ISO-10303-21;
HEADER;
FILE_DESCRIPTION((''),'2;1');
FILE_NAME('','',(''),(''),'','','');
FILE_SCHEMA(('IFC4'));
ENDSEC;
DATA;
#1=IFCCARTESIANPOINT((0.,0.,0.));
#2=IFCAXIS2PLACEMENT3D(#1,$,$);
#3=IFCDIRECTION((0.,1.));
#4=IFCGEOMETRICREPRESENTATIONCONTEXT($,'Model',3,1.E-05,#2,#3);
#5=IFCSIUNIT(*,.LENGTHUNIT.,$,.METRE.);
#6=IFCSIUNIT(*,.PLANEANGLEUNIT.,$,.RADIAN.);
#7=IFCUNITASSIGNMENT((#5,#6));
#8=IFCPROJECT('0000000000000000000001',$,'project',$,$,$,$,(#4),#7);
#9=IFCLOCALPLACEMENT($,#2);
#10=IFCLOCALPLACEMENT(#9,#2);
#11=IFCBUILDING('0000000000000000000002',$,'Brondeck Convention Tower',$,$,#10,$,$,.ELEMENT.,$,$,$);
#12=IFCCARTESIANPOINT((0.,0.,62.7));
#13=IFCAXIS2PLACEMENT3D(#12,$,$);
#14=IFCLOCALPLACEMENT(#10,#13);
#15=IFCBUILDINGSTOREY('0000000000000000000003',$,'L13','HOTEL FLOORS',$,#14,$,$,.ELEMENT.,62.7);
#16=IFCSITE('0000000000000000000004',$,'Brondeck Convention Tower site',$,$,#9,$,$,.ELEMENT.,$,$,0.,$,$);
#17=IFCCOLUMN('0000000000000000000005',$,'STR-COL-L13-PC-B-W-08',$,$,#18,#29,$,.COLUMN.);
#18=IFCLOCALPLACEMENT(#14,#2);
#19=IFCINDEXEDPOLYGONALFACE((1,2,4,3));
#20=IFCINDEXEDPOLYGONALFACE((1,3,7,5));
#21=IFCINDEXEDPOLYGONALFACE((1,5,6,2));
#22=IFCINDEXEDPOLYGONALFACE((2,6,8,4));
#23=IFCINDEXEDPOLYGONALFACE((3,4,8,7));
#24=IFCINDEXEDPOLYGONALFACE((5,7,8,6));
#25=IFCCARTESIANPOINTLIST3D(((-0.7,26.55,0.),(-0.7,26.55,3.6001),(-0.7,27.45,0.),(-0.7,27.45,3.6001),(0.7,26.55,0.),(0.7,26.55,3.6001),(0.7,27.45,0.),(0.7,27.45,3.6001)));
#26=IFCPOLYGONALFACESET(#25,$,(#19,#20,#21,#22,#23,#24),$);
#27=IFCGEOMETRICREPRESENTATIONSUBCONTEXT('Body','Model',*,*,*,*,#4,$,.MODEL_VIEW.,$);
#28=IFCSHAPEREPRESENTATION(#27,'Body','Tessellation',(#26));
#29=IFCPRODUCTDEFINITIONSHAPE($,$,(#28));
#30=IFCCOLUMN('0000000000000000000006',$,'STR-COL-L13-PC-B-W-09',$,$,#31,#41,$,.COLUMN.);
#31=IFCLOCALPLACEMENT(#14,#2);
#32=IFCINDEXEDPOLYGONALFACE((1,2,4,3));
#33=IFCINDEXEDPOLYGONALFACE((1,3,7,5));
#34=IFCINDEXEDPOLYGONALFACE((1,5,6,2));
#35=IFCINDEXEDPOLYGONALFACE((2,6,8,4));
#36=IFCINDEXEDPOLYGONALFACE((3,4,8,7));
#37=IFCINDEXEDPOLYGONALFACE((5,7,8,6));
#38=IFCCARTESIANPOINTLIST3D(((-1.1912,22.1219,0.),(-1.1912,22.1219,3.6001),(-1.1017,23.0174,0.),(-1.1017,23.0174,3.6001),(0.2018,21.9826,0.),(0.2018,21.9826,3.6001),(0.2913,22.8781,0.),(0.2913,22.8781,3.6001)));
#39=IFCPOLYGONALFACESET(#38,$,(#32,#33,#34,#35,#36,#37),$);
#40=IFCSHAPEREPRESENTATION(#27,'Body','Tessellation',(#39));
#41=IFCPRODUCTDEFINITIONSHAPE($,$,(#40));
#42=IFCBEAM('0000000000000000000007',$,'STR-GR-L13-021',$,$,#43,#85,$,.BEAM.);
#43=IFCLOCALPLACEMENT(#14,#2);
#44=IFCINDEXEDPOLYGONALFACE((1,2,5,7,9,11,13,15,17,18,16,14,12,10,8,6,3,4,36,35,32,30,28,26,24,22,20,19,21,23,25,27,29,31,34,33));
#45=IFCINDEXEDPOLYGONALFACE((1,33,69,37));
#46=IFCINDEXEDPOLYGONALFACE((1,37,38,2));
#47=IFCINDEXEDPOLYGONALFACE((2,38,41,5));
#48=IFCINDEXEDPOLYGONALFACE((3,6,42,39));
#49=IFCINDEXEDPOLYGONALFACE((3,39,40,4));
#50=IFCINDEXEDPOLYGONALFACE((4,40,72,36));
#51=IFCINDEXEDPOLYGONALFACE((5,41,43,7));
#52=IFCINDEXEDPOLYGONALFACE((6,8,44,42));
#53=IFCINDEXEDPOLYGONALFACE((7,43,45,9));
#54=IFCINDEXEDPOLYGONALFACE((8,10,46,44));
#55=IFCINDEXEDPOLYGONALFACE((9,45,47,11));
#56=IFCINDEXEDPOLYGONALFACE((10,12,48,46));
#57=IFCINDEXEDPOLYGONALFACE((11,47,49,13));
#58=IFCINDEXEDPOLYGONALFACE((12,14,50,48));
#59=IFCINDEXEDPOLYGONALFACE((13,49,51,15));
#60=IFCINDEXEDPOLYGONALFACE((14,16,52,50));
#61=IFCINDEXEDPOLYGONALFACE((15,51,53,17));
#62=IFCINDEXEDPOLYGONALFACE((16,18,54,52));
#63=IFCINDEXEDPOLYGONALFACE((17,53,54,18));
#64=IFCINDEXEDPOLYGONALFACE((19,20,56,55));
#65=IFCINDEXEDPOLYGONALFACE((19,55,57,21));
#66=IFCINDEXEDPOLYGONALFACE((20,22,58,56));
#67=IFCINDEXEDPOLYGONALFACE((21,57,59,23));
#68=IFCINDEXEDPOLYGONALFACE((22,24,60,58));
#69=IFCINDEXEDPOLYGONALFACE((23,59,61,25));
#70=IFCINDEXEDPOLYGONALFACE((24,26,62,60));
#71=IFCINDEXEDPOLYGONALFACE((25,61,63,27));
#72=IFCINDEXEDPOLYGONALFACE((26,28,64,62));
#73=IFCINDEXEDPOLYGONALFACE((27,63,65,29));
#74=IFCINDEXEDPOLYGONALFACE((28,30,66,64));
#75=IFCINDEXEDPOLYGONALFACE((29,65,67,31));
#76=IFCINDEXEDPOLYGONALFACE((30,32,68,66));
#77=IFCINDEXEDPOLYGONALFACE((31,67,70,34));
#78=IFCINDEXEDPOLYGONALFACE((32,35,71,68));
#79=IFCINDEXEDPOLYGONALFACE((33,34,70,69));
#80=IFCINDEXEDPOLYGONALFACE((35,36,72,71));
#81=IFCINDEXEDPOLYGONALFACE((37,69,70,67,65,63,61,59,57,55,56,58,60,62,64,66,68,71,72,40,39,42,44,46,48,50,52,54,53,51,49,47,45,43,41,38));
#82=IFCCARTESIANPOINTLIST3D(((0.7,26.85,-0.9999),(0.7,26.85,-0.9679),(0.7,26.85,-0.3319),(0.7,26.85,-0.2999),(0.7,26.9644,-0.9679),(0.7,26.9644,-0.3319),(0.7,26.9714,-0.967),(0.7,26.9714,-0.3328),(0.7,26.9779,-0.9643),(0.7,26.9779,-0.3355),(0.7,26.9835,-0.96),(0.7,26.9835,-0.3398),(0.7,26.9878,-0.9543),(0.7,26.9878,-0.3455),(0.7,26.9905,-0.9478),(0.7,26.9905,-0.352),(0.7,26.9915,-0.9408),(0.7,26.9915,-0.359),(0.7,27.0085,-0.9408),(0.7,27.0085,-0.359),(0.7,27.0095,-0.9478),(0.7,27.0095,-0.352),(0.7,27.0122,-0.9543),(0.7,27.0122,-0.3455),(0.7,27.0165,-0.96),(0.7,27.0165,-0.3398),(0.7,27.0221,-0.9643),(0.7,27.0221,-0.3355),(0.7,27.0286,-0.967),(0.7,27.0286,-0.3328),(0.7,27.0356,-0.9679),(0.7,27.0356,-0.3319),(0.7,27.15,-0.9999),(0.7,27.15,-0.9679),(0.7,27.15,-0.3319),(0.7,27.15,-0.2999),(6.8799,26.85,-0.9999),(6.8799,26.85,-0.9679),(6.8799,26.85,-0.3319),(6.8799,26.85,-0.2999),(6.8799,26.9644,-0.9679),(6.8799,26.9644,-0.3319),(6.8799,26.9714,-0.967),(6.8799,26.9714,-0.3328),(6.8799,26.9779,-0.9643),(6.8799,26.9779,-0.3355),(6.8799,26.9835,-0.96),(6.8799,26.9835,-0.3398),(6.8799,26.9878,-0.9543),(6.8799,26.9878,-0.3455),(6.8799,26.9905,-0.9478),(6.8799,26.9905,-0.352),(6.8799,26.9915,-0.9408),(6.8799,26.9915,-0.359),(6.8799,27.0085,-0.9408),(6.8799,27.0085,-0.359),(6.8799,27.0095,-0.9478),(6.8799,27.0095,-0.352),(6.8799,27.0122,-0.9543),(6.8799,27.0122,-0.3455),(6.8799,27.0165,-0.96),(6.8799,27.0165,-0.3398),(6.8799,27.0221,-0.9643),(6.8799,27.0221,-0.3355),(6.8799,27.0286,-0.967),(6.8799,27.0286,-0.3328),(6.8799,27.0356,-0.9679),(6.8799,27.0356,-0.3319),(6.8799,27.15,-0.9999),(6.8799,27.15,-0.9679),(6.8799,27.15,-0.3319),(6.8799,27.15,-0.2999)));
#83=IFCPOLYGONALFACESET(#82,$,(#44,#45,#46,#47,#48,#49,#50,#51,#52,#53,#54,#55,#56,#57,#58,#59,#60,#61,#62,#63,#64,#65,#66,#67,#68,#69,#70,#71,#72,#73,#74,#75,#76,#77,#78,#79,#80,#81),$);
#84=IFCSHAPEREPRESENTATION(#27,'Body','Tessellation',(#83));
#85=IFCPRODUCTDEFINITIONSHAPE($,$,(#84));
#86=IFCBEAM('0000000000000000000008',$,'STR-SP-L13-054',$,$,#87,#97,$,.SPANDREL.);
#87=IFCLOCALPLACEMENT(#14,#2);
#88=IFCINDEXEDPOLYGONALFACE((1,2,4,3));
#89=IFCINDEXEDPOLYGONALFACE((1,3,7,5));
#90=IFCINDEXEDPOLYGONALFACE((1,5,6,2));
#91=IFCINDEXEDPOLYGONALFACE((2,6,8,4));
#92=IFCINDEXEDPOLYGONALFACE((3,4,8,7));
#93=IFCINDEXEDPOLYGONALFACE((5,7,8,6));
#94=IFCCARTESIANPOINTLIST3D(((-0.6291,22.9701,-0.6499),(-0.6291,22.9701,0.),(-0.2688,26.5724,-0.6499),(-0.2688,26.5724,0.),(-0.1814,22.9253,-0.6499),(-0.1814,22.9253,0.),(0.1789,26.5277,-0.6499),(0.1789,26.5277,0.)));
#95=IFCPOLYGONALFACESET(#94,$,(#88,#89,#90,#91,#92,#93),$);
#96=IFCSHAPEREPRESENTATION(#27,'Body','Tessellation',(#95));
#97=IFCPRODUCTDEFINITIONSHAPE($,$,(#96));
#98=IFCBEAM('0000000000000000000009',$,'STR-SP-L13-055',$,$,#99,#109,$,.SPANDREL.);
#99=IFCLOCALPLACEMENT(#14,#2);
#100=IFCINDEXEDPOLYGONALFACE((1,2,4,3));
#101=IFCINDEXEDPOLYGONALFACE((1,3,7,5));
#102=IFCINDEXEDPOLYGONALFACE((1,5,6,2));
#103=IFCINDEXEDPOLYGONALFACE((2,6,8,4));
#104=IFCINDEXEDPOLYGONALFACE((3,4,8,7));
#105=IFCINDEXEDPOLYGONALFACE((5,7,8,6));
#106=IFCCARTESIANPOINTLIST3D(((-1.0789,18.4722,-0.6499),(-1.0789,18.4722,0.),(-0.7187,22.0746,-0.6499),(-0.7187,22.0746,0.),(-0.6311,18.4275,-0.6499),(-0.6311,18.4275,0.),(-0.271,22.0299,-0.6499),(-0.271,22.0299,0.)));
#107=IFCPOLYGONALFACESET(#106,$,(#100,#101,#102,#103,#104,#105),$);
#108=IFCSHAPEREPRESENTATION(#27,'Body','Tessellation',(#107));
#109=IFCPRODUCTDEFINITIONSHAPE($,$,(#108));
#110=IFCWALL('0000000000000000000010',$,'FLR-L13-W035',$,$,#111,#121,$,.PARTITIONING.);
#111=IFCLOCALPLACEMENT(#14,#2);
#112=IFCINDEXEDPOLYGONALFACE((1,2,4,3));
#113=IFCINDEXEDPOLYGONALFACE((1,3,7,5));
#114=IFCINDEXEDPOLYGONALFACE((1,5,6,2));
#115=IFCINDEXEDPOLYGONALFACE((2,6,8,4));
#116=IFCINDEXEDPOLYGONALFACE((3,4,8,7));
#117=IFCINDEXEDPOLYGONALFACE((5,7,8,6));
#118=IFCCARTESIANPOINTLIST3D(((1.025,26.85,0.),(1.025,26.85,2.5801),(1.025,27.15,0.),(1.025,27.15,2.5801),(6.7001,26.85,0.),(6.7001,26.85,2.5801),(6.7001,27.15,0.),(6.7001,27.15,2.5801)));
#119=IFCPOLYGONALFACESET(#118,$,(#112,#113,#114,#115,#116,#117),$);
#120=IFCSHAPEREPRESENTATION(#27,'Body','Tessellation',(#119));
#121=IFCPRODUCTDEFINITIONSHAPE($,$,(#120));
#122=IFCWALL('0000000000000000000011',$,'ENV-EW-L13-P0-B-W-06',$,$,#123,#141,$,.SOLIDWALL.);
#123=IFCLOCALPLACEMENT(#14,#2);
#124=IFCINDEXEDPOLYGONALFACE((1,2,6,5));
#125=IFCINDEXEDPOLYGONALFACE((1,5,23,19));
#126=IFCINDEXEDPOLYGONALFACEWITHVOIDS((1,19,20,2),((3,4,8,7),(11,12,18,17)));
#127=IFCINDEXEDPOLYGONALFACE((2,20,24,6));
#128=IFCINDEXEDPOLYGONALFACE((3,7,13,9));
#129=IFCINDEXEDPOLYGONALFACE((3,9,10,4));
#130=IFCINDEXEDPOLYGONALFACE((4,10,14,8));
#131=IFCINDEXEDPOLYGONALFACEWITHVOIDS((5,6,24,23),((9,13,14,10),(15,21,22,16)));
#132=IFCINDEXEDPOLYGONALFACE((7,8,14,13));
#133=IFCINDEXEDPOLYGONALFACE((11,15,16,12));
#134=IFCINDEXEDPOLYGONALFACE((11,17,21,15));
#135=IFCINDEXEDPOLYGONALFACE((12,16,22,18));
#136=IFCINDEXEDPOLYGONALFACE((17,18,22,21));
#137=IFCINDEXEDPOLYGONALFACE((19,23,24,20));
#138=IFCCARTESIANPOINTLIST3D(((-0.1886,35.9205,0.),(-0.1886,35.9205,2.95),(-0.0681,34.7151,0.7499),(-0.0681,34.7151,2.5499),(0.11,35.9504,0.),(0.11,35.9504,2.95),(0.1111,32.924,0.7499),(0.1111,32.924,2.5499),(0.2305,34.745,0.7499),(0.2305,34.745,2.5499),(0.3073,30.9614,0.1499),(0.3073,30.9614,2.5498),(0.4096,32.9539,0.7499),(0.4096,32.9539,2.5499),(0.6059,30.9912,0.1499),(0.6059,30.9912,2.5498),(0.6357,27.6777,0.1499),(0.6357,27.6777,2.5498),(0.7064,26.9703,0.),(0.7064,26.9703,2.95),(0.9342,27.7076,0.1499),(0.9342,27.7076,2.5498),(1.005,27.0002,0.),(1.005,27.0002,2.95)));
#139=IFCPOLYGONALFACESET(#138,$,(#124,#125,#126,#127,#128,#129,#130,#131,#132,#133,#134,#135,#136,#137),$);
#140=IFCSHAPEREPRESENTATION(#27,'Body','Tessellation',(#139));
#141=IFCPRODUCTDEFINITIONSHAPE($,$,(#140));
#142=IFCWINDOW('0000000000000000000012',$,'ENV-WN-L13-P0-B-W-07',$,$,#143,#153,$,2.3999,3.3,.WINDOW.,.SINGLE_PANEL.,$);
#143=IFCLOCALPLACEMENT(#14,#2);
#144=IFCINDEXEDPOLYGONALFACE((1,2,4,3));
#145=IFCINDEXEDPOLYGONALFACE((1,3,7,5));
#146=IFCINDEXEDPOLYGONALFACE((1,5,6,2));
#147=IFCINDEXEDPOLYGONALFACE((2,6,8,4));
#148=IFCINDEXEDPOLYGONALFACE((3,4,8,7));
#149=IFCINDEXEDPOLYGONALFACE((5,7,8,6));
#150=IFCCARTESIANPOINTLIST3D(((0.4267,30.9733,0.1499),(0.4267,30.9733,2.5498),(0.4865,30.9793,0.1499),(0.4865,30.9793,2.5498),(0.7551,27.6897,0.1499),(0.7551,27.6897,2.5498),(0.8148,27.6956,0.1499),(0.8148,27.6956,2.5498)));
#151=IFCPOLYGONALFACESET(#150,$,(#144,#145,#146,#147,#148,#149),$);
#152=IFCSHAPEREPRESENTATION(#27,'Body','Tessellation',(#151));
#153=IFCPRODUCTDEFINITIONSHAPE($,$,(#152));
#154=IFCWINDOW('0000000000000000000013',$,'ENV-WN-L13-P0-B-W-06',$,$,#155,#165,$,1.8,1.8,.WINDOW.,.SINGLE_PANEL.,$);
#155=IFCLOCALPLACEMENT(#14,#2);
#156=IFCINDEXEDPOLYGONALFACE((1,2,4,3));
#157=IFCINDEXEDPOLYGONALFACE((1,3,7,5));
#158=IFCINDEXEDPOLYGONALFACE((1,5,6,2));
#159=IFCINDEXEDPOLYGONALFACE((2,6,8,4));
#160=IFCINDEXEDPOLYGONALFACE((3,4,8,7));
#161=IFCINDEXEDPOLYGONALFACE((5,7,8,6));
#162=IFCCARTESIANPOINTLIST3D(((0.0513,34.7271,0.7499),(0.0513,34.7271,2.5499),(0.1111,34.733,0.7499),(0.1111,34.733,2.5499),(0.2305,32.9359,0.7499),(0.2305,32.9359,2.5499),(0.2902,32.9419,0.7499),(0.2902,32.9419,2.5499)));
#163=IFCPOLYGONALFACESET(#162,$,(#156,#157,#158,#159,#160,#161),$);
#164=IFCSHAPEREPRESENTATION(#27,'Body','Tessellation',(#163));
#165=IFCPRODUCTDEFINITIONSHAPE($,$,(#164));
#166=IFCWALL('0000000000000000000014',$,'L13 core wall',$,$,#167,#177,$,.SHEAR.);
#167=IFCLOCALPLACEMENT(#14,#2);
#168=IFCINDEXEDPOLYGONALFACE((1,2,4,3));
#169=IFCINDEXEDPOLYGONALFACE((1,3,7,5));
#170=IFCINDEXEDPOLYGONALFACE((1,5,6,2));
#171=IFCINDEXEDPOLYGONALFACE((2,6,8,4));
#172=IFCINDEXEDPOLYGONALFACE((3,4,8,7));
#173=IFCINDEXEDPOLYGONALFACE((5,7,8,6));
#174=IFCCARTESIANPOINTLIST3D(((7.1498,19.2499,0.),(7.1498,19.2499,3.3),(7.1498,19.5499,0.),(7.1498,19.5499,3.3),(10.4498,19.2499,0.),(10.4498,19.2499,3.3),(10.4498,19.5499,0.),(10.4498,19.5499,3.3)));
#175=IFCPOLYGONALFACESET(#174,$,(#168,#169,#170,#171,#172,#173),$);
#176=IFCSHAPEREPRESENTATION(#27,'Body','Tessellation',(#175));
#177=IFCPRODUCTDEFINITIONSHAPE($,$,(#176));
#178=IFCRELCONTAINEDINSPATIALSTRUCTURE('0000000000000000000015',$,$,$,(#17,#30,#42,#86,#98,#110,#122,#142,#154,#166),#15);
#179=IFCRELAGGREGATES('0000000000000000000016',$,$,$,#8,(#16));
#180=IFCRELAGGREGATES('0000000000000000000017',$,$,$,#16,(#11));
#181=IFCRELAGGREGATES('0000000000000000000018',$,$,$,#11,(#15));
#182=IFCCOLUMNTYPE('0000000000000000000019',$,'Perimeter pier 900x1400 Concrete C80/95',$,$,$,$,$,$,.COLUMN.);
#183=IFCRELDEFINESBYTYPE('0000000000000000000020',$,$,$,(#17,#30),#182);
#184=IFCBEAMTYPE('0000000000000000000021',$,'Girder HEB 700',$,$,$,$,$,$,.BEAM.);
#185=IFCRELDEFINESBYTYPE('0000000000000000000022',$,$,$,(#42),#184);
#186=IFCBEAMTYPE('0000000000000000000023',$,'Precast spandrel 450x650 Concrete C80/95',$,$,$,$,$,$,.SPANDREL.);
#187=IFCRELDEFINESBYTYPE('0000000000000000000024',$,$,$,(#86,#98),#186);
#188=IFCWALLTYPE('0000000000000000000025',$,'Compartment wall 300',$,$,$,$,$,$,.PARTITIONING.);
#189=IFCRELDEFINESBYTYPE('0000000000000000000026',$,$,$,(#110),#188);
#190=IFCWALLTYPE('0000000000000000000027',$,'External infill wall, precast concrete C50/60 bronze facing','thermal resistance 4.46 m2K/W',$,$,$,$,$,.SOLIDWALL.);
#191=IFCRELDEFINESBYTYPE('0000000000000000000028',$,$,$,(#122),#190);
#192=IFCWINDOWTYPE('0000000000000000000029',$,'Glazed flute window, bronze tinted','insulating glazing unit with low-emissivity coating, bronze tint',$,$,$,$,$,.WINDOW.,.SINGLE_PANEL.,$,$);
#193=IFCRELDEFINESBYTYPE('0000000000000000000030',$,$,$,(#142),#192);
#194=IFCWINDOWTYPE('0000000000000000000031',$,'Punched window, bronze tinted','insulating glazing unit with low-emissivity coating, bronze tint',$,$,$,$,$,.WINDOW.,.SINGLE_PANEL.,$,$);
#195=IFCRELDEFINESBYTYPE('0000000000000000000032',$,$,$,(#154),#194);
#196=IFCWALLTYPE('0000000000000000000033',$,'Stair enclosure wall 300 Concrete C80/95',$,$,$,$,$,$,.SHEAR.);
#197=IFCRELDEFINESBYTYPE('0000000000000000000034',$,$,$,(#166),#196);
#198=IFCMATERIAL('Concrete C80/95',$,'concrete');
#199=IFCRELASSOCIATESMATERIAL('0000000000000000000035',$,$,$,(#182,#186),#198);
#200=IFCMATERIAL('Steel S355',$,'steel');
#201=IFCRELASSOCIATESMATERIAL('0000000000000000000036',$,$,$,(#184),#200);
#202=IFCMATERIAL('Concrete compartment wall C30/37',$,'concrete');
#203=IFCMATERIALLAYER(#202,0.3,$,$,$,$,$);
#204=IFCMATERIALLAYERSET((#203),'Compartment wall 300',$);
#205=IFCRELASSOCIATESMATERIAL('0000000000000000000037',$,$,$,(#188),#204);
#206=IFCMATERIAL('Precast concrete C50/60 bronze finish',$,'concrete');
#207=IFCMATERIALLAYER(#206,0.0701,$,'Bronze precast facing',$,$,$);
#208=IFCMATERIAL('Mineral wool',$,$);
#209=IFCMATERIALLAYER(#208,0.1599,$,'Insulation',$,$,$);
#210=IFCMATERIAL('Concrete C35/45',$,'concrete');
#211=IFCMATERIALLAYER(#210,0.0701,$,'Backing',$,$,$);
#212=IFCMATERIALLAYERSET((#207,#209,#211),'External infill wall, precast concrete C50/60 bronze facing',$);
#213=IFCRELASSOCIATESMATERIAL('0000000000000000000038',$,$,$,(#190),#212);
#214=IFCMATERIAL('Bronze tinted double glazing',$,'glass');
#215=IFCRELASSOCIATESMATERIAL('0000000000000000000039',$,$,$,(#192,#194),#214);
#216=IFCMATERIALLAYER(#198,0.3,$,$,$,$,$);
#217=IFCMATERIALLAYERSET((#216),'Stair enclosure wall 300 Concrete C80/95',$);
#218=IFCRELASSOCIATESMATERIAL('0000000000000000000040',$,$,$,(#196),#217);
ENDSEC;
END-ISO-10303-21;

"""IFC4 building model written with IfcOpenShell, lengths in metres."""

from ifc_helpers import new_model, si_unit, direction, frame, frame_2d, origin, origin_2d, place, context, subcontext, project, spatial, rectangle, i_section, extrude, material, layer, layer_set, material_profile, profile_set, type_object, element, fill, save


model = new_model("IFC4")

# Units and contexts
model_context = context("Model", 3, precision=1e-05, world=origin(), true_north=direction((0.0, 1.0)))
body_context = subcontext(model_context, "Body", "Model", "MODEL_VIEW")
ifc_project = project(units=[si_unit("LENGTHUNIT", "METRE"), si_unit("PLANEANGLEUNIT", "RADIAN")], contexts=[model_context])

# Site, building, storey
site_placement = place(None, origin())
site = spatial("IfcSite", under=ifc_project, at=site_placement, Name="Brondeck Convention Tower site", CompositionType="ELEMENT", RefElevation=0.0)
building_placement = place(site_placement, origin())
building = spatial("IfcBuilding", under=site, at=building_placement, Name="Brondeck Convention Tower", CompositionType="ELEMENT")
storey_placement = place(building_placement, frame((0.0, 0.0, 62.7)))
storey = spatial("IfcBuildingStorey", under=building, at=storey_placement, Name="L13", Description="HOTEL FLOORS", CompositionType="ELEMENT", Elevation=62.7)

# Columns
ifc_material_1 = material(Name="Concrete C80/95", Category="concrete")
ifc_material_profile_1 = material_profile(ifc_material_1, rectangle(XDim=0.8999, YDim=1.3999, at=origin_2d()), Name="Perimeter pier 900x1400 Concrete C80/95")
ifc_profile_set_1 = profile_set([ifc_material_profile_1], Name="Concrete C80/95")
column_type = type_object("IfcColumnType", Name="Perimeter pier 900x1400 Concrete C80/95", PredefinedType="COLUMN", material=ifc_profile_set_1)
for number, where, z_axis, x_axis, name in (
    (1, (0.0, 27.0, 0.0), (0.0, 0.0, 1.0), (0.0, -1.0, 0.0), "STR-COL-L13-PC-B-W-08"),
    (2, (-0.45, 22.5, 0.0), (0.0, 0.0, 1.0), (-0.099504, -0.995037, 0.0), "STR-COL-L13-PC-B-W-09"),
):
    element("IfcColumn", number, at=place(storey_placement, frame(where, z_axis=z_axis, x_axis=x_axis)), inside=storey, type_object=column_type, Name=name, PredefinedType="COLUMN", context=body_context, shape_type="SweptSolid", body=[
        extrude(rectangle(XDim=0.8999, YDim=1.3999, at=origin_2d()), origin(), (0.0, 0.0, 1.0), 3.6001),
    ])

# Beams
ifc_material_2 = material(Name="Steel S355", Category="steel")
ifc_material_profile_2 = material_profile(ifc_material_2, i_section(OverallWidth=0.3, OverallDepth=0.7, WebThickness=0.0171, FlangeThickness=0.032, FilletRadius=0.0271, at=origin_2d()), Name="HEB 700")
ifc_profile_set_2 = profile_set([ifc_material_profile_2], Name="Steel S355")
beam_type_1 = type_object("IfcBeamType", Name="Girder HEB 700", PredefinedType="BEAM", material=ifc_profile_set_2)
beam_placement = place(storey_placement, frame((0.7, 27.0, -0.6499), z_axis=(1.0, 0.0, 0.0), x_axis=(0.0, 1.0, 0.0)))
element("IfcBeam", 3, at=beam_placement, inside=storey, type_object=beam_type_1, Name="STR-GR-L13-021", PredefinedType="BEAM", context=body_context, shape_type="SweptSolid", body=[
    extrude(i_section(OverallWidth=0.3, OverallDepth=0.7, WebThickness=0.0171, FlangeThickness=0.032, FilletRadius=0.0271, at=origin_2d()), origin(), (0.0, 0.0, 1.0), 6.1799),
])
ifc_material_profile_3 = material_profile(ifc_material_1, rectangle(XDim=0.45, YDim=0.6499, at=origin_2d()), Name="Precast spandrel 450x650 Concrete C80/95")
ifc_profile_set_3 = profile_set([ifc_material_profile_3], Name="Concrete C80/95")
beam_type_2 = type_object("IfcBeamType", Name="Precast spandrel 450x650 Concrete C80/95", PredefinedType="SPANDREL", material=ifc_profile_set_3)
for number, where, z_axis, x_axis, name in (
    (4, (-0.0449, 26.55, -0.325), (-0.099537, -0.995034, 0.0), (0.995034, -0.099537, 0.0), "STR-SP-L13-054"),
    (5, (-0.4949, 22.0522, -0.325), (-0.09947, -0.995041, 0.0), (0.995041, -0.09947, 0.0), "STR-SP-L13-055"),
):
    element("IfcBeam", number, at=place(storey_placement, frame(where, z_axis=z_axis, x_axis=x_axis)), inside=storey, type_object=beam_type_2, Name=name, PredefinedType="SPANDREL", context=body_context, shape_type="SweptSolid", body=[
        extrude(rectangle(XDim=0.45, YDim=0.6499, at=origin_2d()), origin(), (0.0, 0.0, 1.0), 3.6204),
    ])

# Wall
ifc_material_3 = material(Name="Concrete compartment wall C30/37", Category="concrete")
ifc_layer_1 = layer(ifc_material_3, 0.3)
ifc_layer_set_1 = layer_set([ifc_layer_1], Name="Compartment wall 300")
wall_type_1 = type_object("IfcWallType", Name="Compartment wall 300", PredefinedType="PARTITIONING", material=ifc_layer_set_1)
wall_1_placement = place(storey_placement, frame((6.7, 27.0, 0.0), z_axis=(0.0, 0.0, 1.0), x_axis=(-1.0, 0.0, 0.0)))
element("IfcWall", 6, at=wall_1_placement, inside=storey, type_object=wall_type_1, Name="FLR-L13-W035", PredefinedType="PARTITIONING", context=body_context, shape_type="SweptSolid", body=[
    extrude(rectangle(XDim=5.675, YDim=0.3, at=frame_2d((2.8374, 0.0))), origin(), (0.0, 0.0, 1.0), 2.5801),
])

# Wall, openings, windows
ifc_material_4 = material(Name="Precast concrete C50/60 bronze finish", Category="concrete")
ifc_layer_2 = layer(ifc_material_4, 0.0701, Name="Bronze precast facing")
ifc_material_5 = material(Name="Mineral wool")
ifc_layer_3 = layer(ifc_material_5, 0.1599, Name="Insulation")
ifc_material_6 = material(Name="Concrete C35/45", Category="concrete")
ifc_layer_4 = layer(ifc_material_6, 0.0701, Name="Backing")
ifc_layer_set_2 = layer_set([ifc_layer_2, ifc_layer_3, ifc_layer_4], Name="External infill wall, precast concrete C50/60 bronze facing")
wall_type_2 = type_object("IfcWallType", Name="External infill wall, precast concrete C50/60 bronze facing", Description="thermal resistance 4.46 m2K/W", PredefinedType="SOLIDWALL", material=ifc_layer_set_2)
wall_2_placement = place(storey_placement, frame((0.8557, 26.9851, 0.0), z_axis=(0.0, 0.0, 1.0), x_axis=(-0.099504, 0.995037, 0.0)))
wall_2 = element("IfcWall", 7, at=wall_2_placement, inside=storey, type_object=wall_type_2, Name="ENV-EW-L13-P0-B-W-06", PredefinedType="SOLIDWALL", context=body_context, shape_type="SweptSolid", body=[
    extrude(rectangle(XDim=8.9949, YDim=0.3, at=frame_2d((4.4976, 0.0))), origin(), (0.0, 0.0, 1.0), 2.95),
])
opening_1_placement = place(wall_2_placement, frame((0.7112, 0.0, 0.1499)))
opening_1 = element("IfcOpeningElement", 8, at=opening_1_placement, cuts=wall_2, PredefinedType="OPENING", context=body_context, shape_type="SweptSolid", body=[
    extrude(rectangle(XDim=3.3, YDim=2.3999, at=frame_2d((1.6499, 1.2))), frame((0.0, 0.1599, 0.0), z_axis=(0.0, -1.0, 0.0), x_axis=(1.0, 0.0, 0.0)), (0.0, 0.0, 1.0), 0.3201),
])
opening_2_placement = place(wall_2_placement, frame((5.9836, 0.0, 0.75)))
opening_2 = element("IfcOpeningElement", 9, at=opening_2_placement, cuts=wall_2, PredefinedType="OPENING", context=body_context, shape_type="SweptSolid", body=[
    extrude(rectangle(XDim=1.8, YDim=1.8, at=frame_2d((0.8999, 0.8999))), frame((0.0, 0.1599, 0.0), z_axis=(0.0, -1.0, 0.0), x_axis=(1.0, 0.0, 0.0)), (0.0, 0.0, 1.0), 0.3201),
])
ifc_material_7 = material(Name="Bronze tinted double glazing", Category="glass")
window_type_1 = type_object("IfcWindowType", Name="Glazed flute window, bronze tinted", Description="insulating glazing unit with low-emissivity coating, bronze tint", PartitioningType="SINGLE_PANEL", PredefinedType="WINDOW", material=ifc_material_7)
window_1_placement = place(opening_1_placement, origin())
window_1 = element("IfcWindow", 10, at=window_1_placement, inside=storey, type_object=window_type_1, Name="ENV-WN-L13-P0-B-W-07", OverallHeight=2.3999, OverallWidth=3.3, PartitioningType="SINGLE_PANEL", PredefinedType="WINDOW", context=body_context, shape_type="SweptSolid", body=[
    extrude(rectangle(XDim=3.3, YDim=2.3999, at=frame_2d((1.6499, 1.2))), frame((0.0, 0.03, 0.0), z_axis=(0.0, -1.0, 0.0), x_axis=(1.0, 0.0, 0.0)), (0.0, 0.0, 1.0), 0.0601),
])
fill(opening_1, window_1)
window_type_2 = type_object("IfcWindowType", Name="Punched window, bronze tinted", Description="insulating glazing unit with low-emissivity coating, bronze tint", PartitioningType="SINGLE_PANEL", PredefinedType="WINDOW", material=ifc_material_7)
window_2_placement = place(opening_2_placement, origin())
window_2 = element("IfcWindow", 11, at=window_2_placement, inside=storey, type_object=window_type_2, Name="ENV-WN-L13-P0-B-W-06", OverallHeight=1.8, OverallWidth=1.8, PartitioningType="SINGLE_PANEL", PredefinedType="WINDOW", context=body_context, shape_type="SweptSolid", body=[
    extrude(rectangle(XDim=1.8, YDim=1.8, at=frame_2d((0.8999, 0.8999))), frame((0.0, 0.03, 0.0), z_axis=(0.0, -1.0, 0.0), x_axis=(1.0, 0.0, 0.0)), (0.0, 0.0, 1.0), 0.0601),
])
fill(opening_2, window_2)

# Wall
ifc_layer_5 = layer(ifc_material_1, 0.3)
ifc_layer_set_3 = layer_set([ifc_layer_5], Name="Stair enclosure wall 300 Concrete C80/95")
wall_type_3 = type_object("IfcWallType", Name="Stair enclosure wall 300 Concrete C80/95", PredefinedType="SHEAR", material=ifc_layer_set_3)
wall_3_placement = place(storey_placement, frame((7.1499, 19.3999, 0.0), z_axis=(0.0, 0.0, 1.0), x_axis=(1.0, 0.0, 0.0)))
element("IfcWall", 12, at=wall_3_placement, inside=storey, type_object=wall_type_3, Name="L13 core wall", PredefinedType="SHEAR", context=body_context, shape_type="SweptSolid", body=[
    extrude(rectangle(XDim=3.3, YDim=0.3, at=frame_2d((1.6499, 0.0))), origin(), (0.0, 0.0, 1.0), 3.3),
])

save(model, "model.ifc")
